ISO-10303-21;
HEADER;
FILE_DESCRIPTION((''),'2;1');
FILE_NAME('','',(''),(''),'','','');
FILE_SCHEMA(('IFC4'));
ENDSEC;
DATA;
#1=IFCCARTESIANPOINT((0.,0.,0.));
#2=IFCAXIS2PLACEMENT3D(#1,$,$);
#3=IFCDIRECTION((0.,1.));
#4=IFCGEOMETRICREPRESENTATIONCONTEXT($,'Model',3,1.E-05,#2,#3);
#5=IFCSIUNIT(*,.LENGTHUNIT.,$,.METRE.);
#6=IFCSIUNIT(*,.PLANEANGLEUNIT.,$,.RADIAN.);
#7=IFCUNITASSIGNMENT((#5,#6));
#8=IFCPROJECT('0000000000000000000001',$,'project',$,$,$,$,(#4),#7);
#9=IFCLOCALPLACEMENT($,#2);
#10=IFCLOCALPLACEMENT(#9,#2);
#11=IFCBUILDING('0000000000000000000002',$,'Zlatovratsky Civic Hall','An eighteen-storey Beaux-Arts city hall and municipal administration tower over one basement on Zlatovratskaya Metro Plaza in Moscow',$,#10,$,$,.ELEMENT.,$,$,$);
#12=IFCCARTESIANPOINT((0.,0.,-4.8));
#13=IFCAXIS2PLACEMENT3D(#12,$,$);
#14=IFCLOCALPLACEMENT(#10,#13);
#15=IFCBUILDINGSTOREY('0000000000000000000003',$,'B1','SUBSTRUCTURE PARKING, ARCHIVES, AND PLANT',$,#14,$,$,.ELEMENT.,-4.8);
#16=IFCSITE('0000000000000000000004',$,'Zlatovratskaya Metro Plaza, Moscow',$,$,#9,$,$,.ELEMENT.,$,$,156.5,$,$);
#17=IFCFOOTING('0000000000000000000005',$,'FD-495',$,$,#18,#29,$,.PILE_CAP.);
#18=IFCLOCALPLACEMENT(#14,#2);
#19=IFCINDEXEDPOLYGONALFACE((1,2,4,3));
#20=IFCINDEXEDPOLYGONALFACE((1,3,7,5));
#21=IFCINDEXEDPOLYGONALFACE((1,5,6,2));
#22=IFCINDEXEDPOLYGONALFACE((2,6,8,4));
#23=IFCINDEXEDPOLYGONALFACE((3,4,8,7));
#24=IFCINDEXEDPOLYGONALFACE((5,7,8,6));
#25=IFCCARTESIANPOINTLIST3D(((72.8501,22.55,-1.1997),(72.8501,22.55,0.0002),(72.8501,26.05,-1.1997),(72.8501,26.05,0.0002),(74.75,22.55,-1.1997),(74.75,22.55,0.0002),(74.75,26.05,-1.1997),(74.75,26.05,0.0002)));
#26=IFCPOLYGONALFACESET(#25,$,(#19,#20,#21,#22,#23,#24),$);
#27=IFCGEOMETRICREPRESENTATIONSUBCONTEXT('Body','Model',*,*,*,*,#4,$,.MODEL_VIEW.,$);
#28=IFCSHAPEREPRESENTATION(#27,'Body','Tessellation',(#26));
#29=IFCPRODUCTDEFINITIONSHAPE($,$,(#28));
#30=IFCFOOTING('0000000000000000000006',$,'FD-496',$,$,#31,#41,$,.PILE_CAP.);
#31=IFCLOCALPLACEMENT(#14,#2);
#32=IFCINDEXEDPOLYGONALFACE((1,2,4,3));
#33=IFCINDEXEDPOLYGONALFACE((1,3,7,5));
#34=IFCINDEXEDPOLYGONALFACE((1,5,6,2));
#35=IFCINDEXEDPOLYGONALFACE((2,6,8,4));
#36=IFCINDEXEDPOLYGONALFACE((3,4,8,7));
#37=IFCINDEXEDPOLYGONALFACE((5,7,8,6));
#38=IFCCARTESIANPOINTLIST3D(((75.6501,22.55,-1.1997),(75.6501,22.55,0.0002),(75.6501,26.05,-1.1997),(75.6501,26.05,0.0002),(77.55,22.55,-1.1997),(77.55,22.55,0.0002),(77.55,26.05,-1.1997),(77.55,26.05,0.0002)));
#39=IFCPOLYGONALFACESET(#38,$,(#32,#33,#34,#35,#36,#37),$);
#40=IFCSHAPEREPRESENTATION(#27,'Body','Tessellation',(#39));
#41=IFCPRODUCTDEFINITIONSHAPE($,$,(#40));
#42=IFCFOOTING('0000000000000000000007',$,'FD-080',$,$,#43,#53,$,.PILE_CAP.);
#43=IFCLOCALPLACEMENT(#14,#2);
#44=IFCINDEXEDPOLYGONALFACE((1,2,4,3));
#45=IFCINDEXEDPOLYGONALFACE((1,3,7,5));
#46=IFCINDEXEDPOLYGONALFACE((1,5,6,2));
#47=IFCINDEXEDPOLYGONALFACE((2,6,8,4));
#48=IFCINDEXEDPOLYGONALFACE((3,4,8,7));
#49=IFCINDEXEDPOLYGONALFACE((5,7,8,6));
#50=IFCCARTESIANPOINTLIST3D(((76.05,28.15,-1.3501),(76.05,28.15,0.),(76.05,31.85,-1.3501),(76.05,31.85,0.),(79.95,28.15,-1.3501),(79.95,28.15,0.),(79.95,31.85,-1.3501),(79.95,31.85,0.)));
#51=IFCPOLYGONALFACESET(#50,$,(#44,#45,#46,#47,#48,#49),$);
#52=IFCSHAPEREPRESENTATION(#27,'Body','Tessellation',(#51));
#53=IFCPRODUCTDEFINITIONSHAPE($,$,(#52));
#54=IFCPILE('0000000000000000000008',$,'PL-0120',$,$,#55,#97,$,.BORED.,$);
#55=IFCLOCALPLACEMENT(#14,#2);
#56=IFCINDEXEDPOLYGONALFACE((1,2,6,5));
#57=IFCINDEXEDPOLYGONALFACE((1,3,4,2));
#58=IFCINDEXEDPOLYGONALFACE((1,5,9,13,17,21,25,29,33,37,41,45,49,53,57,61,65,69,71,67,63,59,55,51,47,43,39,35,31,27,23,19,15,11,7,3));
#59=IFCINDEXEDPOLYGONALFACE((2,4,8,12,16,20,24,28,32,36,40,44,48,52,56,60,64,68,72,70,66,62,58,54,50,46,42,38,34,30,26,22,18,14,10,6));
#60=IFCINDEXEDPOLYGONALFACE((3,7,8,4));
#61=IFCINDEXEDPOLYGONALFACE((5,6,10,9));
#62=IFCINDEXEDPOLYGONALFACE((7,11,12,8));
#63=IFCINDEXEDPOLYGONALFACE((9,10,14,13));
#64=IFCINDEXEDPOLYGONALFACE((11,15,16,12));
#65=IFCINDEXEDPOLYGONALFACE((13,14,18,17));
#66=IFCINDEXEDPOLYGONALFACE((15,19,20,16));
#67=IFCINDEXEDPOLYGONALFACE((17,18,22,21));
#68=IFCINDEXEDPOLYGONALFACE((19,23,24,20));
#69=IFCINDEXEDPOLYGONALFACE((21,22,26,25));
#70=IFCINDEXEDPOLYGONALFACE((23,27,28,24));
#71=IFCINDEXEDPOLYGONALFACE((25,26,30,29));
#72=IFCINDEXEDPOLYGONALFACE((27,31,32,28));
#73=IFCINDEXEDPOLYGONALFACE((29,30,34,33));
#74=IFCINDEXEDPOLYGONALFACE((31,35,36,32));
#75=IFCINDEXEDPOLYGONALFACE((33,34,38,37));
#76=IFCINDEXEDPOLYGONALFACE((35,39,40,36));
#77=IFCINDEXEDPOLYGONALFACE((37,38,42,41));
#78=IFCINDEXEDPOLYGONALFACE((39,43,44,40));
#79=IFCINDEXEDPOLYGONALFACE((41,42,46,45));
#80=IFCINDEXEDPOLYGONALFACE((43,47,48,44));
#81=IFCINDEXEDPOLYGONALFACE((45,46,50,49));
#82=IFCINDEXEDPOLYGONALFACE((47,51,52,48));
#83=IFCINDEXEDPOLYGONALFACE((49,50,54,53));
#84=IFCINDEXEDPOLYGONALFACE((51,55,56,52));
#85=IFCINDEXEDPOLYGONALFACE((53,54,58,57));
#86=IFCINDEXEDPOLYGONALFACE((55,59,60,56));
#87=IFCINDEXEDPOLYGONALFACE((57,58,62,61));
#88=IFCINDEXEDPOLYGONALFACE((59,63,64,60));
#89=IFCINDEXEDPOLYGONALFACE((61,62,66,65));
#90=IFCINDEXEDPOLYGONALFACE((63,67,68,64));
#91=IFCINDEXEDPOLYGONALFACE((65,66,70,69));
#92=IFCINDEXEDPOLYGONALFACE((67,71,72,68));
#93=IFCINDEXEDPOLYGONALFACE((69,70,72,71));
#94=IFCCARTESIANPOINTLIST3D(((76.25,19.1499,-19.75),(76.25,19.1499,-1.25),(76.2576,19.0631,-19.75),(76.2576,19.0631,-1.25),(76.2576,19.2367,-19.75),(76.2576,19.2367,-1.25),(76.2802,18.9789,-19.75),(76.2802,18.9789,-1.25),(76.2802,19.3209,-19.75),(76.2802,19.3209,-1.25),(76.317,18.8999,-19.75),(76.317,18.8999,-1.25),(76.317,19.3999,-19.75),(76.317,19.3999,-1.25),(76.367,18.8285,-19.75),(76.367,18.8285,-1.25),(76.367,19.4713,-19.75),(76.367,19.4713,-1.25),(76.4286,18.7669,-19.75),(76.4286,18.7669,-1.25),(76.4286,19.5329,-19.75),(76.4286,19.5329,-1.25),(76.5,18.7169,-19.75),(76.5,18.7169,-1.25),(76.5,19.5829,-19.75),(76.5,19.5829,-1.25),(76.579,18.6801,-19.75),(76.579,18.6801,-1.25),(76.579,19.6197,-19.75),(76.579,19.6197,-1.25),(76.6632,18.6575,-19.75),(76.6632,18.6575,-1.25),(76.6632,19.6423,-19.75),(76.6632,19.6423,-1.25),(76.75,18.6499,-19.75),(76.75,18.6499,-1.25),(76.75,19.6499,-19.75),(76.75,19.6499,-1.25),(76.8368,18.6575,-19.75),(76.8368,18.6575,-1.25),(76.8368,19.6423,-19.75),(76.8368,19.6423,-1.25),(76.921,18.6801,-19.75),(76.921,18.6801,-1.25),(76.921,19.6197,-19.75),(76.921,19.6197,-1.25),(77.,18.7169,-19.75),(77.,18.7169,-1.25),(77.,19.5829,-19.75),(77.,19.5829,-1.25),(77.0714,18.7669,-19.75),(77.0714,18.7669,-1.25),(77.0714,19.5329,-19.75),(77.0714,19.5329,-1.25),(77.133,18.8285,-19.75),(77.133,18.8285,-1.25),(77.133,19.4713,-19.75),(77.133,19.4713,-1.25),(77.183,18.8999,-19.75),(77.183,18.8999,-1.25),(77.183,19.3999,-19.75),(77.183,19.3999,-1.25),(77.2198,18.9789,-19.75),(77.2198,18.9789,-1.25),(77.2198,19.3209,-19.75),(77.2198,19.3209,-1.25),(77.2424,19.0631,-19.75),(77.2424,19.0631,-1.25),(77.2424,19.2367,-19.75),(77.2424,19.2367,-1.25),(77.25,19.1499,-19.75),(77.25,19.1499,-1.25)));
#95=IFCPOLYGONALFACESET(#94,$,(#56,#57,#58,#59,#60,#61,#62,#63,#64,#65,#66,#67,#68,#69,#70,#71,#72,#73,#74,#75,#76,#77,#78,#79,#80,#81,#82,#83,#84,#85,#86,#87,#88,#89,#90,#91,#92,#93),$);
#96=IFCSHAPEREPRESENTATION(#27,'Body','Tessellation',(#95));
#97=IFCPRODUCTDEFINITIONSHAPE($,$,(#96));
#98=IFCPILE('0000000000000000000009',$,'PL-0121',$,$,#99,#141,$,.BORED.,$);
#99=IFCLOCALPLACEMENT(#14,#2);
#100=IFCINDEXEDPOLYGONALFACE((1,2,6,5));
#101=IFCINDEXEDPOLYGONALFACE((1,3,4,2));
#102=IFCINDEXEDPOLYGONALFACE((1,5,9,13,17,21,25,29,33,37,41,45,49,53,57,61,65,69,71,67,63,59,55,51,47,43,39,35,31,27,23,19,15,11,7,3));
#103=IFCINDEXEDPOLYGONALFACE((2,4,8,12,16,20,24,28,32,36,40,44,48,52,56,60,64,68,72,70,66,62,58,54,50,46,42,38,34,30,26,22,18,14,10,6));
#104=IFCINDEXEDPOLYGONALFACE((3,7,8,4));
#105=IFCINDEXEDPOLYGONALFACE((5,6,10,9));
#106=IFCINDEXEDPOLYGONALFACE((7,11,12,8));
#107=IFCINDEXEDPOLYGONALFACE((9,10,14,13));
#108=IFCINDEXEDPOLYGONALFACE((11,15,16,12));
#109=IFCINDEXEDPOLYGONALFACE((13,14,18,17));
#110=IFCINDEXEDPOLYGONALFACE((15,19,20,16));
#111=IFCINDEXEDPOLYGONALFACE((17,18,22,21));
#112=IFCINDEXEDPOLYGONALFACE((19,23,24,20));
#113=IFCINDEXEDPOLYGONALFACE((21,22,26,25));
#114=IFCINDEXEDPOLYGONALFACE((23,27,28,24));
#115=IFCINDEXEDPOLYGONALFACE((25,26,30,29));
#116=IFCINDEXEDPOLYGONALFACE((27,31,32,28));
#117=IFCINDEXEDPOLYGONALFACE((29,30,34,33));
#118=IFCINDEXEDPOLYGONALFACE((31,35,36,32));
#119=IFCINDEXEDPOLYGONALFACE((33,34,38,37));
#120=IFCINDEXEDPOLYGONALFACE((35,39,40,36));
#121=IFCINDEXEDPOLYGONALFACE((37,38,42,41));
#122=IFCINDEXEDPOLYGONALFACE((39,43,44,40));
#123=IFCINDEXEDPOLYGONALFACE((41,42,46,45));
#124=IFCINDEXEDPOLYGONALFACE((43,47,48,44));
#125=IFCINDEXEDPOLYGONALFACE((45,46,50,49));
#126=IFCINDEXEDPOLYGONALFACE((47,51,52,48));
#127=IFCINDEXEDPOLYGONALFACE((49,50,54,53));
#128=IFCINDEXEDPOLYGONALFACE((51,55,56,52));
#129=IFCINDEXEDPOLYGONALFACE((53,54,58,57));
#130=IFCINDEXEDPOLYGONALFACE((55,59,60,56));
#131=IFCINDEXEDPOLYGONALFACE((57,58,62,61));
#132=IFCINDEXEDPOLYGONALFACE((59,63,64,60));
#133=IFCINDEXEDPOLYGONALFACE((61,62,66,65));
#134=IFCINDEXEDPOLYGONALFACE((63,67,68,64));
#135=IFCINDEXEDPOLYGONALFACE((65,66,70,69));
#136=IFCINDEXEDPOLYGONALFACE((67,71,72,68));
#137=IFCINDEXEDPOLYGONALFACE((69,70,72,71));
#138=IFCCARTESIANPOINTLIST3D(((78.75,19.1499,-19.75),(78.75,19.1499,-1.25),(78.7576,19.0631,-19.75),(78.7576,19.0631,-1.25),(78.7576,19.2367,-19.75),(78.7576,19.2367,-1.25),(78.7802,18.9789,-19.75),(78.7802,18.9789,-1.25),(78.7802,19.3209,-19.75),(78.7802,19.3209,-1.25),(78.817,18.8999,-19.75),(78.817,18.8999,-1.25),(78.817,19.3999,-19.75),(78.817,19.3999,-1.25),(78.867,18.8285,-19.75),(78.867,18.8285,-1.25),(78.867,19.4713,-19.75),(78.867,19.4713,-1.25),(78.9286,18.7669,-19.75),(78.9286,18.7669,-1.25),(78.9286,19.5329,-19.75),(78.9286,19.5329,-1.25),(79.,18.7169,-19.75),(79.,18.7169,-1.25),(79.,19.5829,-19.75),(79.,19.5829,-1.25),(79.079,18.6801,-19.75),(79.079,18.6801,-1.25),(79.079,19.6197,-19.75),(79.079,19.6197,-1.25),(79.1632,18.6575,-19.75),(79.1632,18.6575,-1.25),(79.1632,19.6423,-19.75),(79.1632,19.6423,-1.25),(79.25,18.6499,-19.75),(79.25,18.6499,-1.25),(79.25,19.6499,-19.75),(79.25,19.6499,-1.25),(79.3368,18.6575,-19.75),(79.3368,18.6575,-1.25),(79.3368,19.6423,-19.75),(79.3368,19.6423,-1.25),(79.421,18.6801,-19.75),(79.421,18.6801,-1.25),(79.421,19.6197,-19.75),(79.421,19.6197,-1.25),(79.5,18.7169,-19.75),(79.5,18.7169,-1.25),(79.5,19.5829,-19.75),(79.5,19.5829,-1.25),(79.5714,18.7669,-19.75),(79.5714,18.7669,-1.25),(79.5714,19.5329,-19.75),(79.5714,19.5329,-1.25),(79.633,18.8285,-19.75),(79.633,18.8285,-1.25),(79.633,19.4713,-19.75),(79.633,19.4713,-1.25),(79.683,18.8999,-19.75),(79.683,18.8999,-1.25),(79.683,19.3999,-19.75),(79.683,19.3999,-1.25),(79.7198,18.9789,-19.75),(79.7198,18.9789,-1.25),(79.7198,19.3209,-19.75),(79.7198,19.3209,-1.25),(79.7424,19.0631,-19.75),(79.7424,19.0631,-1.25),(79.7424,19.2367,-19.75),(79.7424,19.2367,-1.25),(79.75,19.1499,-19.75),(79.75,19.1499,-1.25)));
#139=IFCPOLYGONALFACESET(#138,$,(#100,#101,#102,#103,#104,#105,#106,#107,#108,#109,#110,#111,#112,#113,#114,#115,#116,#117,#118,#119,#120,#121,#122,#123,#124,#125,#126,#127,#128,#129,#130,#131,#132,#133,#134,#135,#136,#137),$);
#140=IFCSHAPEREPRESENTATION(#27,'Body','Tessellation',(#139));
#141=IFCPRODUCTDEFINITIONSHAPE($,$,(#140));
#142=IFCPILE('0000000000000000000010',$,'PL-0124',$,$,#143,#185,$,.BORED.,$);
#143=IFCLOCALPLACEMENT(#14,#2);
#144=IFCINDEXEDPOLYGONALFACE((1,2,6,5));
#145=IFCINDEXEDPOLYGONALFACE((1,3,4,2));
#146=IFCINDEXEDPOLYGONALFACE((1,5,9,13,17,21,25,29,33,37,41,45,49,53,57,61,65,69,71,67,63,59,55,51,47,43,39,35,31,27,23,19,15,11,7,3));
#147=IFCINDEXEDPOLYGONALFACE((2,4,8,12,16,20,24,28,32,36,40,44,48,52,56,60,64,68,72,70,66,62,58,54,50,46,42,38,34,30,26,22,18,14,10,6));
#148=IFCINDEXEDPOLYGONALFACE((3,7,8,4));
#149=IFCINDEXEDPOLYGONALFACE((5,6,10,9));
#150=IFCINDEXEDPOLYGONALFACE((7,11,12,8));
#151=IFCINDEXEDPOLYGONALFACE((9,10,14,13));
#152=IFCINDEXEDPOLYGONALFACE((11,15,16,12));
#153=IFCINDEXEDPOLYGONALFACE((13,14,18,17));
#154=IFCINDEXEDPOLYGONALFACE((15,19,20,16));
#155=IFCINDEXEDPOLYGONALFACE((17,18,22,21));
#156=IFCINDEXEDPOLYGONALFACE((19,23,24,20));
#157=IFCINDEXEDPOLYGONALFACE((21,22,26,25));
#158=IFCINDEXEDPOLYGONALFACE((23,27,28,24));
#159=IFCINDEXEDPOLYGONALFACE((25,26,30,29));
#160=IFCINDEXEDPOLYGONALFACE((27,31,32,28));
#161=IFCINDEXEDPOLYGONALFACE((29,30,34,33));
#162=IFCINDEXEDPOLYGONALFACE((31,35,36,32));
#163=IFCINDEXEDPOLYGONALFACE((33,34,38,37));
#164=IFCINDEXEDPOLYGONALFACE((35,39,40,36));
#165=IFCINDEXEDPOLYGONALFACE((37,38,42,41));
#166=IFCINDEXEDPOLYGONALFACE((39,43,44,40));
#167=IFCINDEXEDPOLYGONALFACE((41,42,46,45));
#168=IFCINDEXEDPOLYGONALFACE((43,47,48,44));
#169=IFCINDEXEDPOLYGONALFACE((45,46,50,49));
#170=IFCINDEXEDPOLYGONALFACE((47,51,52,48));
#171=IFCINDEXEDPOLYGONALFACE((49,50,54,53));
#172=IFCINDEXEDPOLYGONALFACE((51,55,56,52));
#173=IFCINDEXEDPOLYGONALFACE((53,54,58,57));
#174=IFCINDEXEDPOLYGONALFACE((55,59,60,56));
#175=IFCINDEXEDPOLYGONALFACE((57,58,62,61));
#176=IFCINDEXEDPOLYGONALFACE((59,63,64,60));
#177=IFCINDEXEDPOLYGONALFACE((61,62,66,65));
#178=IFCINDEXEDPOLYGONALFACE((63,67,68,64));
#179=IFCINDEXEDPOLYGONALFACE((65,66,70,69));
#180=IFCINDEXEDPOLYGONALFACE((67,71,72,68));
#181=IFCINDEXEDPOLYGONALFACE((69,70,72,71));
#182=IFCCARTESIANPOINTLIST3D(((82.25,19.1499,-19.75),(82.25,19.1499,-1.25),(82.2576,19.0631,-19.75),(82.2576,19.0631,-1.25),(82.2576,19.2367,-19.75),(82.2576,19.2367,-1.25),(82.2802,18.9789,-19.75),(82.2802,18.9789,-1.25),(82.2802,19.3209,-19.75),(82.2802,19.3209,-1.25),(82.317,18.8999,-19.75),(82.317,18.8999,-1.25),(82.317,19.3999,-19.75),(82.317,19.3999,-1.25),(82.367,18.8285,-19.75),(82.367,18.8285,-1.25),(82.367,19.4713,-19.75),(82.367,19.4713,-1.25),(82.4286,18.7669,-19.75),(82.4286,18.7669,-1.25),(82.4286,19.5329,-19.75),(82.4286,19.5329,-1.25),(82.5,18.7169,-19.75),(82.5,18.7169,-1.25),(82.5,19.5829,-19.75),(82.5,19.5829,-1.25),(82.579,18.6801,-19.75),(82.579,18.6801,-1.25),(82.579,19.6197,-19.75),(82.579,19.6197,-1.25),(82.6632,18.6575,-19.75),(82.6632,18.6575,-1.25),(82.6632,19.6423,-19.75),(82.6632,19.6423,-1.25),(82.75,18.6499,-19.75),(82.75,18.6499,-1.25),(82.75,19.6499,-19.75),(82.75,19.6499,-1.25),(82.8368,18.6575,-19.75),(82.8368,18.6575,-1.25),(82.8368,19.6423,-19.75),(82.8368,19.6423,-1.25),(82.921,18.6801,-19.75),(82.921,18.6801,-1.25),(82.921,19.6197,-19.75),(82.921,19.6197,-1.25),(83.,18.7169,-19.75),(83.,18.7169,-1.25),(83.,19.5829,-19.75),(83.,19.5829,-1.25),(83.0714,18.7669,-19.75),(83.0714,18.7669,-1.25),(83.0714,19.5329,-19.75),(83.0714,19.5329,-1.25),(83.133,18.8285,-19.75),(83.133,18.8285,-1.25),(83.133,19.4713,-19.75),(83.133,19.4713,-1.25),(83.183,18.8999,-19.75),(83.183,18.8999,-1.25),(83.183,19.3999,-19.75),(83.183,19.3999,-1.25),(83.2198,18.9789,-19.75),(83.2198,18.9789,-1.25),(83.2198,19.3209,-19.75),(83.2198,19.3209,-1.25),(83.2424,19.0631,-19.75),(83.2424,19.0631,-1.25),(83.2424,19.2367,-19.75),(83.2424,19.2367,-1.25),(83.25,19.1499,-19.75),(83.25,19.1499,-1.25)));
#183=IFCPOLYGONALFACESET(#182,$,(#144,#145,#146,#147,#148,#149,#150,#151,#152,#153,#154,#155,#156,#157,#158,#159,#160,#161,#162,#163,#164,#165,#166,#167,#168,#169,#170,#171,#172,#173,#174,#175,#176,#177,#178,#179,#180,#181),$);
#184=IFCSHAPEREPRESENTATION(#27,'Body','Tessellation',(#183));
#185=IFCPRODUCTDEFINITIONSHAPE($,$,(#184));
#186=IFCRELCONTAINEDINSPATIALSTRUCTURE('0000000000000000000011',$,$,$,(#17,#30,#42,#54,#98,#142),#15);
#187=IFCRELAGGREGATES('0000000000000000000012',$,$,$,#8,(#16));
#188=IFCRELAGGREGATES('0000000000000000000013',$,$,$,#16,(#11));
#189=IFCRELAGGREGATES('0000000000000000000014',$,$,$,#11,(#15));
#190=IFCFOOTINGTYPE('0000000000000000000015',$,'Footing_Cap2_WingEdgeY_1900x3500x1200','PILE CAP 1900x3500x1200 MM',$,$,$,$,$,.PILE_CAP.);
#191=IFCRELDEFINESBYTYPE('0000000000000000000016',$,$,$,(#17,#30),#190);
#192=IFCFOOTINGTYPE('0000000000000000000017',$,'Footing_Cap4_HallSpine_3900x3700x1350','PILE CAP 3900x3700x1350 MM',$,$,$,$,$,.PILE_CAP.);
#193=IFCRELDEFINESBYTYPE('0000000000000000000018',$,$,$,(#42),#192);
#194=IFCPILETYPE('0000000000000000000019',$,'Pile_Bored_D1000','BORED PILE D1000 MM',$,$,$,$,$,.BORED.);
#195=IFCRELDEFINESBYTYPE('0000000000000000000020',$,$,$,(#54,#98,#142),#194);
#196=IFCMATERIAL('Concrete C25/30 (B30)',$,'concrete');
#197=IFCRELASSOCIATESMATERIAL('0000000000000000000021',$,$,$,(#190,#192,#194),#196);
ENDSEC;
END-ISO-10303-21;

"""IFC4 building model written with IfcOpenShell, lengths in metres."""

from ifc_helpers import new_model, si_unit, direction, frame, origin, origin_2d, place, context, subcontext, project, spatial, rectangle, circle, extrude, material, material_profile, profile_set, type_object, element, save


model = new_model("IFC4")

# Units and contexts
model_context = context("Model", 3, precision=1e-05, world=origin(), true_north=direction((0.0, 1.0)))
body_context = subcontext(model_context, "Body", "Model", "MODEL_VIEW")
ifc_project = project(units=[si_unit("LENGTHUNIT", "METRE"), si_unit("PLANEANGLEUNIT", "RADIAN")], contexts=[model_context])

# Site, building, storey
site_placement = place(None, origin())
site = spatial("IfcSite", under=ifc_project, at=site_placement, Name="Zlatovratskaya Metro Plaza, Moscow", CompositionType="ELEMENT", RefElevation=156.5)
building_placement = place(site_placement, origin())
building = spatial("IfcBuilding", under=site, at=building_placement, Name="Zlatovratsky Civic Hall", Description="An eighteen-storey Beaux-Arts city hall and municipal administration tower over one basement on Zlatovratskaya Metro Plaza in Moscow", CompositionType="ELEMENT")
storey_placement = place(building_placement, frame((0.0, 0.0, -4.8)))
storey = spatial("IfcBuildingStorey", under=building, at=storey_placement, Name="B1", Description="SUBSTRUCTURE PARKING, ARCHIVES, AND PLANT", CompositionType="ELEMENT", Elevation=-4.8)

# Footings
ifc_material_1 = material(Name="Concrete C25/30 (B30)", Category="concrete")
footing_type_1 = type_object("IfcFootingType", Name="Footing_Cap2_WingEdgeY_1900x3500x1200", Description="PILE CAP 1900x3500x1200 MM", PredefinedType="PILE_CAP", material=ifc_material_1)
for number, where, z_axis, x_axis, name in (
    (1, (73.8, 24.3, -1.1997), (0.0, 0.0, 1.0), (1.0, 0.0, 0.0), "FD-495"),
    (2, (76.6001, 24.3, -1.1997), (0.0, 0.0, 1.0), (1.0, 0.0, 0.0), "FD-496"),
):
    element("IfcFooting", number, at=place(storey_placement, frame(where, z_axis=z_axis, x_axis=x_axis)), inside=storey, type_object=footing_type_1, Name=name, PredefinedType="PILE_CAP", context=body_context, shape_type="SweptSolid", body=[
        extrude(rectangle(XDim=1.8999, YDim=3.5, at=origin_2d()), origin(), (0.0, 0.0, 1.0), 1.2),
    ])
footing_type_2 = type_object("IfcFootingType", Name="Footing_Cap4_HallSpine_3900x3700x1350", Description="PILE CAP 3900x3700x1350 MM", PredefinedType="PILE_CAP", material=ifc_material_1)
footing_placement = place(storey_placement, frame((78.0, 30.0, -1.3501), z_axis=(0.0, 0.0, 1.0), x_axis=(1.0, 0.0, 0.0)))
element("IfcFooting", 3, at=footing_placement, inside=storey, type_object=footing_type_2, Name="FD-080", PredefinedType="PILE_CAP", context=body_context, shape_type="SweptSolid", body=[
    extrude(rectangle(XDim=3.8999, YDim=3.7, at=origin_2d()), origin(), (0.0, 0.0, 1.0), 1.3501),
])

# Piles
ifc_material_profile_1 = material_profile(ifc_material_1, circle(Radius=0.5, at=origin_2d()), Name="PILE D1000")
ifc_profile_set_1 = profile_set([ifc_material_profile_1], Name="Concrete C25/30 (B30)")
pile_type_1 = type_object("IfcPileType", Name="Pile_Bored_D1000", Description="BORED PILE D1000 MM", PredefinedType="BORED", material=ifc_profile_set_1)
for number, where, z_axis, x_axis, name in (
    (4, (76.75, 19.1499, -1.25), (0.0, 0.0, -1.0), (1.0, 0.0, 0.0), "PL-0120"),
    (5, (79.25, 19.1499, -1.25), (0.0, 0.0, -1.0), (1.0, 0.0, 0.0), "PL-0121"),
    (6, (82.75, 19.1499, -1.25), (0.0, 0.0, -1.0), (1.0, 0.0, 0.0), "PL-0124"),
):
    element("IfcPile", number, at=place(storey_placement, frame(where, z_axis=z_axis, x_axis=x_axis)), inside=storey, type_object=pile_type_1, Name=name, PredefinedType="BORED", context=body_context, shape_type="SweptSolid", body=[
        extrude(circle(Radius=0.5, at=origin_2d()), origin(), (0.0, 0.0, 1.0), 18.5),
    ])

save(model, "model.ifc")
